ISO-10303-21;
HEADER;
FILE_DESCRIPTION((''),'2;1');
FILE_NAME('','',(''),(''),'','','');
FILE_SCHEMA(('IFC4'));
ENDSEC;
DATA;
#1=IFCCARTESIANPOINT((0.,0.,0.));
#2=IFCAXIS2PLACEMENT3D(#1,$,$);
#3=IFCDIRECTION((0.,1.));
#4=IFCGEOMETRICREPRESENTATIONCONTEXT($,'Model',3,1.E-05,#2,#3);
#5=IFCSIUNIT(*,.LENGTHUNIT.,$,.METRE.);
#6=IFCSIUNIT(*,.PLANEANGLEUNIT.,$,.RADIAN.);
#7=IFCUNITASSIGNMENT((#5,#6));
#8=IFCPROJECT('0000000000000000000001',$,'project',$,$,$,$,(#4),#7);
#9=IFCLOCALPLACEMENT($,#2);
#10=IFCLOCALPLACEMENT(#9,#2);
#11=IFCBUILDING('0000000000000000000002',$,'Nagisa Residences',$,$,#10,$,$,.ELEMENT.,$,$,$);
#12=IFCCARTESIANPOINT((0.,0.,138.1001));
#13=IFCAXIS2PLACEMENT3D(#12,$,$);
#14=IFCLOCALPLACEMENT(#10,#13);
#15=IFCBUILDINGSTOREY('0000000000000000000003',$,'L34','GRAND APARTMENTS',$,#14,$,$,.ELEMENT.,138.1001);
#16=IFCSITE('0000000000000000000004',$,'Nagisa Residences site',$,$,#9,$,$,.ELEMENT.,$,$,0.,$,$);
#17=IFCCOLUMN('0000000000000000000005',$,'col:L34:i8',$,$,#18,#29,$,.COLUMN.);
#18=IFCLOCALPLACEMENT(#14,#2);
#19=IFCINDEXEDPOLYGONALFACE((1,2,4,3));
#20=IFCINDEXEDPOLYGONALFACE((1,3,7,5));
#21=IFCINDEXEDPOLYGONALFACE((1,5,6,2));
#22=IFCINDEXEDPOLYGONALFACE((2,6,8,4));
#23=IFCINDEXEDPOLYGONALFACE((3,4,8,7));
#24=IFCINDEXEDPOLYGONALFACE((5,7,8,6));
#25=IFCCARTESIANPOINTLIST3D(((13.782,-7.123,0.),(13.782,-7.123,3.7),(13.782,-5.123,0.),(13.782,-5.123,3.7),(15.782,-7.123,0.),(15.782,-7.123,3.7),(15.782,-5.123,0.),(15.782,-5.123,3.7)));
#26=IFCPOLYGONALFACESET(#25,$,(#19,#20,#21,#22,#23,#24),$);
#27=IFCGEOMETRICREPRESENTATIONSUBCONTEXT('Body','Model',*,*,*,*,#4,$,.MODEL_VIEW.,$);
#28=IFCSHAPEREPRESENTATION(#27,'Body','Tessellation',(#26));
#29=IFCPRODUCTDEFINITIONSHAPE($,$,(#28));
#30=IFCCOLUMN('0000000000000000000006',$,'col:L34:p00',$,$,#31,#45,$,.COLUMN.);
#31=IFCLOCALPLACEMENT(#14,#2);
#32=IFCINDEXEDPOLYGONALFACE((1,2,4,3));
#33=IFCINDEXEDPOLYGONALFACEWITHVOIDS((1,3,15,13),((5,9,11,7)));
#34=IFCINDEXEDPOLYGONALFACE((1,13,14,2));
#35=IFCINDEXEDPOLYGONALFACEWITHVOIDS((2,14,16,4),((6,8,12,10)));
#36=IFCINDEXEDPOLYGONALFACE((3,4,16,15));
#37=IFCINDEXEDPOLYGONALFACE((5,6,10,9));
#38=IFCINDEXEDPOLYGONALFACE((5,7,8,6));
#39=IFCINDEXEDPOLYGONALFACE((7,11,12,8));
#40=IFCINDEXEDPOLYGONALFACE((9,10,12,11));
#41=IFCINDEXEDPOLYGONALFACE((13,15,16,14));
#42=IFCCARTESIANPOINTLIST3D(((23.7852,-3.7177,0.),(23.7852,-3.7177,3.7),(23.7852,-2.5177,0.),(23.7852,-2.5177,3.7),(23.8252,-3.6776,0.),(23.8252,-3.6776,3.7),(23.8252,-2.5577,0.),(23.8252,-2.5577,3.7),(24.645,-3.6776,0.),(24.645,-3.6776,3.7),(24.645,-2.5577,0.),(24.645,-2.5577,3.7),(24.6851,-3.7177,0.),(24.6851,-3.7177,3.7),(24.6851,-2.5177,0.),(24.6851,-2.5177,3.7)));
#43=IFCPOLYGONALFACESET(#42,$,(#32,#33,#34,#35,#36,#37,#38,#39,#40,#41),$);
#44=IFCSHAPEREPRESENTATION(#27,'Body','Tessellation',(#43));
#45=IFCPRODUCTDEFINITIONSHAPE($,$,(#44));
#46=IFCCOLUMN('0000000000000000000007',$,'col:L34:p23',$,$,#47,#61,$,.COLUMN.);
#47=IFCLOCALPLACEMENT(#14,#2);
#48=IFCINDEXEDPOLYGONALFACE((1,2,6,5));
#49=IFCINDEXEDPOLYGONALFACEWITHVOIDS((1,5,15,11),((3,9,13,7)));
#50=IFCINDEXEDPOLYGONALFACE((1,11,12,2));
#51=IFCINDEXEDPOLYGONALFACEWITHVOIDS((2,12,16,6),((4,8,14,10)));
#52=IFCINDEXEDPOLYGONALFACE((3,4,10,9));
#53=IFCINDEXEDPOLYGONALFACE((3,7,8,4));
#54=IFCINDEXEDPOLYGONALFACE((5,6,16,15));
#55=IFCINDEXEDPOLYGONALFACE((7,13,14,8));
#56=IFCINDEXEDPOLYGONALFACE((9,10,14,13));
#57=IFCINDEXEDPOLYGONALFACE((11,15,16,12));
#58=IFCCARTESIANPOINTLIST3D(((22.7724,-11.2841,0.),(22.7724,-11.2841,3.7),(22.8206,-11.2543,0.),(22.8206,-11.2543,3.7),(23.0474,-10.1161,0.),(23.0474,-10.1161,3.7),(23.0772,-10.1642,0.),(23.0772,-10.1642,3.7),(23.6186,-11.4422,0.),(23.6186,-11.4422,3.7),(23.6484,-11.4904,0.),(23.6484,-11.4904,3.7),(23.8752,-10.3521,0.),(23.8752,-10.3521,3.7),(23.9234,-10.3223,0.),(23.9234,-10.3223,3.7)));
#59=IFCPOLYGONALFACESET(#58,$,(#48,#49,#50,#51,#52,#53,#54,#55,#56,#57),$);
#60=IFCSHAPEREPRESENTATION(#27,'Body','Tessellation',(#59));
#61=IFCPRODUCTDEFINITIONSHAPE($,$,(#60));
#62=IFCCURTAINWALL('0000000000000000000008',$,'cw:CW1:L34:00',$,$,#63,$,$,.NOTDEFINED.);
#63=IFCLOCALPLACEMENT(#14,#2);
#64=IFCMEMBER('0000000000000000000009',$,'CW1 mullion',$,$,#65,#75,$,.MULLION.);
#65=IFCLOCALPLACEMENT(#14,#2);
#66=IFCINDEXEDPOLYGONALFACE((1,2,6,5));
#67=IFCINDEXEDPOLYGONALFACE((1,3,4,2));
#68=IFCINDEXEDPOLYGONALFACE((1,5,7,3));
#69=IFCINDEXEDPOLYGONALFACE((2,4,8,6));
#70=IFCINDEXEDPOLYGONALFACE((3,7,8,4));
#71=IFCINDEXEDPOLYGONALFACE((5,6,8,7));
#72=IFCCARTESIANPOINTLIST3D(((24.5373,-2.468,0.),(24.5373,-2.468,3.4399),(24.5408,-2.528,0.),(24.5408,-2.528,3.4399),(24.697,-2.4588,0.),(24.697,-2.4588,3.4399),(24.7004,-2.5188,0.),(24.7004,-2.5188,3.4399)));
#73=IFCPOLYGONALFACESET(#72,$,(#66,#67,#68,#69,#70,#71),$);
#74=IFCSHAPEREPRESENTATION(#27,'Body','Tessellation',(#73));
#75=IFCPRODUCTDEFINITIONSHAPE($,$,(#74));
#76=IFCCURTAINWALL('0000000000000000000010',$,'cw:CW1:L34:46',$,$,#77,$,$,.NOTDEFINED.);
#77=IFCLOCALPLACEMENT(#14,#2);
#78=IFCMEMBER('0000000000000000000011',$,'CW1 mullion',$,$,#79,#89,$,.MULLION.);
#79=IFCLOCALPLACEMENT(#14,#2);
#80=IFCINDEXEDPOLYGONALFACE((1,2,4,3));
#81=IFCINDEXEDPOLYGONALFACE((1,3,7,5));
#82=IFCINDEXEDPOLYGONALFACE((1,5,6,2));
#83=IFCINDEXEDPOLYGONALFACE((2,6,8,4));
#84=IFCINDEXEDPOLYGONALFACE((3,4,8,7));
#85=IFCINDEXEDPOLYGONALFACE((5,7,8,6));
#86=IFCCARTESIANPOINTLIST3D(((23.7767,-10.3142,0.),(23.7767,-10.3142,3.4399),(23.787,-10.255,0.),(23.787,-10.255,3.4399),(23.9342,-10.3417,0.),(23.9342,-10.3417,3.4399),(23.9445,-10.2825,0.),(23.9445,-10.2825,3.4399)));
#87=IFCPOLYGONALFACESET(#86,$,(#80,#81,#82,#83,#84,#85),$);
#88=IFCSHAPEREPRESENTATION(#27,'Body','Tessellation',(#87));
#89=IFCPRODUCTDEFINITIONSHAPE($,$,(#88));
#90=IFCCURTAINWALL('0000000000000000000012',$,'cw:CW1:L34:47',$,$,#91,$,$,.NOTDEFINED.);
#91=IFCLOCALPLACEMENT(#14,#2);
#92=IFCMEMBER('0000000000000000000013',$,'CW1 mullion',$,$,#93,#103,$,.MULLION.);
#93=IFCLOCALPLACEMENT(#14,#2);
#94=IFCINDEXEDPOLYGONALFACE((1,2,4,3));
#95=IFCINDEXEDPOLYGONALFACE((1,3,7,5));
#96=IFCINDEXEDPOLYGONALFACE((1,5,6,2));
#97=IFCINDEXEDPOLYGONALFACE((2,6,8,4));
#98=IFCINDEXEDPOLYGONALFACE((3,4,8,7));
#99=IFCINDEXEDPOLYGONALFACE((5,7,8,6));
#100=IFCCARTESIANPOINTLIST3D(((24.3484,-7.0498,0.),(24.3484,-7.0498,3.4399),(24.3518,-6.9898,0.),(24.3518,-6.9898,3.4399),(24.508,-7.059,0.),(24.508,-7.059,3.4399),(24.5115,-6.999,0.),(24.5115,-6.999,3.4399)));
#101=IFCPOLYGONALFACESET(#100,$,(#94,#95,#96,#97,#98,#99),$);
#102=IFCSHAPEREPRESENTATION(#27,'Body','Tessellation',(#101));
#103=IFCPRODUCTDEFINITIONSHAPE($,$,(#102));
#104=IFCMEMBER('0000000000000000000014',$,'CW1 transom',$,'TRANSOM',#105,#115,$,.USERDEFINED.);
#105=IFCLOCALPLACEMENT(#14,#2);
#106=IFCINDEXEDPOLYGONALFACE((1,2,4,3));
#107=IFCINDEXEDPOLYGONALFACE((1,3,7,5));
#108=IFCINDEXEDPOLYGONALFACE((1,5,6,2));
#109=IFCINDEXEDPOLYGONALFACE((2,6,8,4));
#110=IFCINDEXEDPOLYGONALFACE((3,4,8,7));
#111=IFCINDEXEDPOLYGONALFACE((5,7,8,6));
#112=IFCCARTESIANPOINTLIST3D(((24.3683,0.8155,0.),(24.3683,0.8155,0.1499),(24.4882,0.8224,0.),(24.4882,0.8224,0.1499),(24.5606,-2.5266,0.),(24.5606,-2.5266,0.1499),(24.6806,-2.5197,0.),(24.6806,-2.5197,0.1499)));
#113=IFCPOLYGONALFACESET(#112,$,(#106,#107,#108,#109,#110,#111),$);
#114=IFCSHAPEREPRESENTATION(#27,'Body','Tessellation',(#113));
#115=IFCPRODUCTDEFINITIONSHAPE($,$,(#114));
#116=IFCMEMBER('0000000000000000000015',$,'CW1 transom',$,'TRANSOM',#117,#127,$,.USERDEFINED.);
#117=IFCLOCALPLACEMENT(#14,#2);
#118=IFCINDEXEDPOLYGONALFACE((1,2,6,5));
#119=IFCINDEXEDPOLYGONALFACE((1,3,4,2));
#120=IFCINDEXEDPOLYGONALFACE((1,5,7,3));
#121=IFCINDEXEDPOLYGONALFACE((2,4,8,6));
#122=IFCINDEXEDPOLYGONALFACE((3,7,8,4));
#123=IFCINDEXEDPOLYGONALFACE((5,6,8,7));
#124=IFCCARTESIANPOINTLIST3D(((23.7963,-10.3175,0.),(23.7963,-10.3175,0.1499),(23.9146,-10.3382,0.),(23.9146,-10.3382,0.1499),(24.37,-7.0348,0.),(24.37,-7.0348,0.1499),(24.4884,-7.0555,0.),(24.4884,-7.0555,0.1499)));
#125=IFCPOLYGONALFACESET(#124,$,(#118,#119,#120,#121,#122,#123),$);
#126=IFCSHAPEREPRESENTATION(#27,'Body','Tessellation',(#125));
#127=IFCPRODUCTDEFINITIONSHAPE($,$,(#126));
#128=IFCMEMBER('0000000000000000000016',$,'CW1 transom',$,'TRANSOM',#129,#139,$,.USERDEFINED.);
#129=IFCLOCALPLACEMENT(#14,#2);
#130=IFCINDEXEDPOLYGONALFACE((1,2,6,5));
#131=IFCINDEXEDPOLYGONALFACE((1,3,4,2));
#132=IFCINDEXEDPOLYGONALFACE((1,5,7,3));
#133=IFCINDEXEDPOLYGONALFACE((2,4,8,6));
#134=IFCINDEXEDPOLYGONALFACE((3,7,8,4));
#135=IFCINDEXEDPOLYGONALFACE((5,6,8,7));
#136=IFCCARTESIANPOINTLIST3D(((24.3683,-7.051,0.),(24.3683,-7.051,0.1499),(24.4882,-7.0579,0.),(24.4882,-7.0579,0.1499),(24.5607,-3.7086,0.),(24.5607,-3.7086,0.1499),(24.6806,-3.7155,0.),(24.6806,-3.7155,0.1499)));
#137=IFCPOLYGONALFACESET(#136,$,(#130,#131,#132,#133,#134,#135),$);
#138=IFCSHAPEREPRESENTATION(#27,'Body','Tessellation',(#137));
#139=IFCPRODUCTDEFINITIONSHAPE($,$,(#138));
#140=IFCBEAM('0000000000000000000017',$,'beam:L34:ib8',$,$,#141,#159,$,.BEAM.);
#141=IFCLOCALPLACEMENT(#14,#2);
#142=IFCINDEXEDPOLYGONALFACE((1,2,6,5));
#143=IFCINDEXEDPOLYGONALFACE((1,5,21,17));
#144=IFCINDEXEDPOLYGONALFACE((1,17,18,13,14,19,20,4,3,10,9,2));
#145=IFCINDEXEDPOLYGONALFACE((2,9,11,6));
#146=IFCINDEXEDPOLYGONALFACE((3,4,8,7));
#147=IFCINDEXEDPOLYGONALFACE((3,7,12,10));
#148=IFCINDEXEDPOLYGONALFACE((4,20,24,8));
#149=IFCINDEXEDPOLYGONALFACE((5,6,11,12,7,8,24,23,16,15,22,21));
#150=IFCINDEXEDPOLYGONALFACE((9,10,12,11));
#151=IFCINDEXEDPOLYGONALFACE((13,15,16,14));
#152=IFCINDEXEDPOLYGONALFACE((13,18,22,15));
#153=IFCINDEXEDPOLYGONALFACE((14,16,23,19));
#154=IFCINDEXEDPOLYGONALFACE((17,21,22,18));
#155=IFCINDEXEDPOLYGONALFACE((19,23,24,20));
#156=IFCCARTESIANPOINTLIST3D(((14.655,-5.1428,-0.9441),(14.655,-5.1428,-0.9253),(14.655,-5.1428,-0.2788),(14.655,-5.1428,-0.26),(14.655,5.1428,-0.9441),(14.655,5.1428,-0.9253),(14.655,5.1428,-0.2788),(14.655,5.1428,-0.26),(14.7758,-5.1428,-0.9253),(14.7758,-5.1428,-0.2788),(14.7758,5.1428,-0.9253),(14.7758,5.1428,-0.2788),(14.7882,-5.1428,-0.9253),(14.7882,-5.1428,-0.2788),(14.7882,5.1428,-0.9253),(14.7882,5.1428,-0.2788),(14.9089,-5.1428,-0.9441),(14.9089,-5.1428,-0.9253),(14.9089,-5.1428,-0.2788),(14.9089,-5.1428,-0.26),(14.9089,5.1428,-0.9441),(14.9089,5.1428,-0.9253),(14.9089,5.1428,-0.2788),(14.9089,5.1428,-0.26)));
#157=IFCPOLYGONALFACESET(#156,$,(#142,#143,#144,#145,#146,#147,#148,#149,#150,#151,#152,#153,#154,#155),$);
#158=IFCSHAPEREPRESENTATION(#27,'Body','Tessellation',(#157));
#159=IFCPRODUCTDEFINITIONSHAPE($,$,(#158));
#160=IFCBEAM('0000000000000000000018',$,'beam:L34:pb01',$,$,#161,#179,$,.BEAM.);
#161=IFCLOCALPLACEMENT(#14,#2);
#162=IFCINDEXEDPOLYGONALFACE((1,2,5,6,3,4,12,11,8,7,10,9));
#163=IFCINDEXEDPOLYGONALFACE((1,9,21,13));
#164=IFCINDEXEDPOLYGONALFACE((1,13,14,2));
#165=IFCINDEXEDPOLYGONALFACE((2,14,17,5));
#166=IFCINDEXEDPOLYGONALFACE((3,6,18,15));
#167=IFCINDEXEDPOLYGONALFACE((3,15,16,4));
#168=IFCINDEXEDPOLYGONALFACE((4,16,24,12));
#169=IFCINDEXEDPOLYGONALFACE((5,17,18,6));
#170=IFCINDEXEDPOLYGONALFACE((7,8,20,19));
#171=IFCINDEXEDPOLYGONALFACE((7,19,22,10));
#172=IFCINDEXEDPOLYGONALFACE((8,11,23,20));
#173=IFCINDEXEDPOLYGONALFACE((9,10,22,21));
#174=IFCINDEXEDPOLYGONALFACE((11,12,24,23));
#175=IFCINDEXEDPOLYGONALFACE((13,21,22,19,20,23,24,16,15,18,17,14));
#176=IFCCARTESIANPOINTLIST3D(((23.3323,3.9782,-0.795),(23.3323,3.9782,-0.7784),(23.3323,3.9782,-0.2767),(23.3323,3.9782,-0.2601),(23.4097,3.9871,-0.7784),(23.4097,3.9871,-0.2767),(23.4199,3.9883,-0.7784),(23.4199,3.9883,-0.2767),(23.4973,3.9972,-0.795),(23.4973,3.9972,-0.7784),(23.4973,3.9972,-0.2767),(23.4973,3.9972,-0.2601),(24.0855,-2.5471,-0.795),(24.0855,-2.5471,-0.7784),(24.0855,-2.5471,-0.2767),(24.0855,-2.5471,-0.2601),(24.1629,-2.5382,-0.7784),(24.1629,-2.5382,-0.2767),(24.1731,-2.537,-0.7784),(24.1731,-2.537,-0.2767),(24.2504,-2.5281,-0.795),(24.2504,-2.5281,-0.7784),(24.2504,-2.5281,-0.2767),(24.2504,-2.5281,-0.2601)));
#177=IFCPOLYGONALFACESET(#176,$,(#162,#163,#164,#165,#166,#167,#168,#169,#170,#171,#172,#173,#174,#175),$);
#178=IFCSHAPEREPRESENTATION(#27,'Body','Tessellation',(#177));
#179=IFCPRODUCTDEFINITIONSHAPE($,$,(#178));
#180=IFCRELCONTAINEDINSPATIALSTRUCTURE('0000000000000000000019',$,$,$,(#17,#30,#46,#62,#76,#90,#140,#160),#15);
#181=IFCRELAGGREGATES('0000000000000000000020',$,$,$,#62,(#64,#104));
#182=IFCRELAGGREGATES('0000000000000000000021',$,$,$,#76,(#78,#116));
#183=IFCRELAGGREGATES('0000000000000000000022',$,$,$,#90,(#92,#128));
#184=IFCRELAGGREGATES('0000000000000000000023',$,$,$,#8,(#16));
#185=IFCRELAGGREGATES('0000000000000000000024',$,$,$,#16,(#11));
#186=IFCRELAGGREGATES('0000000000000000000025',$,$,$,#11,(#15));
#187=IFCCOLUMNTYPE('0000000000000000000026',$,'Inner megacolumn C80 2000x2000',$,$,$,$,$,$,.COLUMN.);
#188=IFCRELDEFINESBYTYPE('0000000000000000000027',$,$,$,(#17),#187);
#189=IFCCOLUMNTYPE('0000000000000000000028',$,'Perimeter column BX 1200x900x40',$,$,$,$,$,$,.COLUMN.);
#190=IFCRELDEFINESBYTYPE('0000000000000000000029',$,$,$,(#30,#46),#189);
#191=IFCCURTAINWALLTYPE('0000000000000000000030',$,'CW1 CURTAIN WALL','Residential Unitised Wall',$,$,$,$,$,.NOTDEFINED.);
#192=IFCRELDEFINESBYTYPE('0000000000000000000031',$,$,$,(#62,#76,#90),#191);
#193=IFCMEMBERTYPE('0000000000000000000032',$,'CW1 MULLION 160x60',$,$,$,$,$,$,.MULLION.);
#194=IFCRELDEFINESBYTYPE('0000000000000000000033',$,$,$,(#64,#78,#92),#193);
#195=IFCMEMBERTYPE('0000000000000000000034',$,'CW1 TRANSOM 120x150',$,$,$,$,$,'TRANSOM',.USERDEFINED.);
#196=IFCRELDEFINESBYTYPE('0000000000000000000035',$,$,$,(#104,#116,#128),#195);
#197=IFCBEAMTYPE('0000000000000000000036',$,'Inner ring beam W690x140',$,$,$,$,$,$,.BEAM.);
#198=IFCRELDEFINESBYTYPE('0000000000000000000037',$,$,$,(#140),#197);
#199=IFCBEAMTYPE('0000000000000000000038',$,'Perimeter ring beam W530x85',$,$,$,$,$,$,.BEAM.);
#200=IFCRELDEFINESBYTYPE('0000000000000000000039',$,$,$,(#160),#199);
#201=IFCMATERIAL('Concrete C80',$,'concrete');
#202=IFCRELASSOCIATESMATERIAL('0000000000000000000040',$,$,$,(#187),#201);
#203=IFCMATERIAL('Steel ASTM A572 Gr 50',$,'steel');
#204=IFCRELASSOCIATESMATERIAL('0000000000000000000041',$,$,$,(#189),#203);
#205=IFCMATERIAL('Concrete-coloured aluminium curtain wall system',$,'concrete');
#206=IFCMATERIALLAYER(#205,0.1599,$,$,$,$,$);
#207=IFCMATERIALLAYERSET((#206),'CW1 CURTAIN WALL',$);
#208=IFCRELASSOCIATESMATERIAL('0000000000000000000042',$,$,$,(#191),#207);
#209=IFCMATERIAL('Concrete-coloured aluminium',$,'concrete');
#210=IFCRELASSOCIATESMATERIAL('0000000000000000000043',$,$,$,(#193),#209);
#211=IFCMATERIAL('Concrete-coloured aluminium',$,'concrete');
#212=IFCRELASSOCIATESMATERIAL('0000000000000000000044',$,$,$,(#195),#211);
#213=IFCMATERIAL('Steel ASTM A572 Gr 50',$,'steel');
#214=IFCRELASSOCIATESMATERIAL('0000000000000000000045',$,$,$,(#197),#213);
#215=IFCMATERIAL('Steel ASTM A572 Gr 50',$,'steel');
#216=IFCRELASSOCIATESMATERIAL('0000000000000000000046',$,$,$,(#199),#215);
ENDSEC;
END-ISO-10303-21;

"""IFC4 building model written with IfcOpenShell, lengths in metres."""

from ifc_helpers import new_model, si_unit, direction, frame, origin, origin_2d, place, context, subcontext, project, spatial, rectangle, hollow_rectangle, i_section, extrude, material, layer, layer_set, material_profile, profile_set, type_object, element, aggregate, save


model = new_model("IFC4")

# Units and contexts
model_context = context("Model", 3, precision=1e-05, world=origin(), true_north=direction((0.0, 1.0)))
body_context = subcontext(model_context, "Body", "Model", "MODEL_VIEW")
ifc_project = project(units=[si_unit("LENGTHUNIT", "METRE"), si_unit("PLANEANGLEUNIT", "RADIAN")], contexts=[model_context])

# Site, building, storey
site_placement = place(None, origin())
site = spatial("IfcSite", under=ifc_project, at=site_placement, Name="Nagisa Residences site", CompositionType="ELEMENT", RefElevation=0.0)
building_placement = place(site_placement, origin())
building = spatial("IfcBuilding", under=site, at=building_placement, Name="Nagisa Residences", CompositionType="ELEMENT")
storey_placement = place(building_placement, frame((0.0, 0.0, 138.1001)))
storey = spatial("IfcBuildingStorey", under=building, at=storey_placement, Name="L34", Description="GRAND APARTMENTS", CompositionType="ELEMENT", Elevation=138.1001)

# Columns
ifc_material_1 = material(Name="Concrete C80", Category="concrete")
ifc_material_profile_1 = material_profile(ifc_material_1, rectangle(XDim=2.0, YDim=2.0, at=origin_2d()), Name="C80 2000x2000")
ifc_profile_set_1 = profile_set([ifc_material_profile_1], Name="Concrete C80")
column_type_1 = type_object("IfcColumnType", Name="Inner megacolumn C80 2000x2000", PredefinedType="COLUMN", material=ifc_profile_set_1)
column_placement = place(storey_placement, frame((14.782, -6.123, 0.0), z_axis=(0.0, 0.0, 1.0), x_axis=(1.0, 0.0, 0.0)))
element("IfcColumn", 1, at=column_placement, inside=storey, type_object=column_type_1, Name="col:L34:i8", PredefinedType="COLUMN", context=body_context, shape_type="SweptSolid", body=[
    extrude(rectangle(XDim=2.0, YDim=2.0, at=origin_2d()), origin(), (0.0, 0.0, 1.0), 3.7),
])
ifc_material_2 = material(Name="Steel ASTM A572 Gr 50", Category="steel")
ifc_material_profile_2 = material_profile(ifc_material_2, hollow_rectangle(XDim=1.2, YDim=0.8999, WallThickness=0.04, at=origin_2d()), Name="BX 1200x900x40")
ifc_profile_set_2 = profile_set([ifc_material_profile_2], Name="Steel ASTM A572 Gr 50")
column_type_2 = type_object("IfcColumnType", Name="Perimeter column BX 1200x900x40", PredefinedType="COLUMN", material=ifc_profile_set_2)
for number, where, z_axis, x_axis, name in (
    (2, (24.2351, -3.1177, 0.0), (0.0, 0.0, 1.0), (0.0, 1.0, 0.0), "col:L34:p00"),
    (3, (23.3479, -10.8032, 0.0), (0.0, 0.0, 1.0), (0.229202, 0.973379, 0.0), "col:L34:p23"),
):
    element("IfcColumn", number, at=place(storey_placement, frame(where, z_axis=z_axis, x_axis=x_axis)), inside=storey, type_object=column_type_2, Name=name, PredefinedType="COLUMN", context=body_context, shape_type="SweptSolid", body=[
        extrude(hollow_rectangle(XDim=1.2, YDim=0.8999, WallThickness=0.04, at=origin_2d()), origin(), (0.0, 0.0, 1.0), 3.7),
    ])

# Curtain walls, members
ifc_material_3 = material(Name="Concrete-coloured aluminium curtain wall system", Category="concrete")
ifc_layer_1 = layer(ifc_material_3, 0.1599)
ifc_layer_set_1 = layer_set([ifc_layer_1], Name="CW1 CURTAIN WALL")
curtain_wall_type = type_object("IfcCurtainWallType", Name="CW1 CURTAIN WALL", Description="Residential Unitised Wall", PredefinedType="NOTDEFINED", material=ifc_layer_set_1)
curtain_wall_1_placement = place(storey_placement, origin())
curtain_wall_1 = element("IfcCurtainWall", 4, at=curtain_wall_1_placement, inside=storey, type_object=curtain_wall_type, Name="cw:CW1:L34:00", PredefinedType="NOTDEFINED")
ifc_material_4 = material(Name="Concrete-coloured aluminium", Category="concrete")
ifc_material_profile_3 = material_profile(ifc_material_4, rectangle(XDim=0.1599, YDim=0.0601, at=origin_2d()), Name="CW1 MULLION 160x60")
ifc_profile_set_3 = profile_set([ifc_material_profile_3], Name="Concrete-coloured aluminium")
member_type_1 = type_object("IfcMemberType", Name="CW1 MULLION 160x60", PredefinedType="MULLION", material=ifc_profile_set_3)
member_1_placement = place(storey_placement, frame((24.6189, -2.4934, 0.0), z_axis=(0.0, 0.0, 1.0), x_axis=(-0.998345, -0.057503, 0.0)))
member_1 = element("IfcMember", 5, at=member_1_placement, type_object=member_type_1, Name="CW1 mullion", PredefinedType="MULLION", context=body_context, shape_type="SweptSolid", body=[
    extrude(rectangle(XDim=0.1599, YDim=0.0601, at=origin_2d()), origin(), (0.0, 0.0, 1.0), 3.4399),
])
curtain_wall_2_placement = place(storey_placement, origin())
curtain_wall_2 = element("IfcCurtainWall", 6, at=curtain_wall_2_placement, inside=storey, type_object=curtain_wall_type, Name="cw:CW1:L34:46", PredefinedType="NOTDEFINED")
member_2_placement = place(storey_placement, frame((23.8606, -10.2983, 0.0), z_axis=(0.0, 0.0, 1.0), x_axis=(-0.985064, 0.172191, 0.0)))
member_2 = element("IfcMember", 7, at=member_2_placement, type_object=member_type_1, Name="CW1 mullion", PredefinedType="MULLION", context=body_context, shape_type="SweptSolid", body=[
    extrude(rectangle(XDim=0.1599, YDim=0.0601, at=origin_2d()), origin(), (0.0, 0.0, 1.0), 3.4399),
])
curtain_wall_3_placement = place(storey_placement, origin())
curtain_wall_3 = element("IfcCurtainWall", 8, at=curtain_wall_3_placement, inside=storey, type_object=curtain_wall_type, Name="cw:CW1:L34:47", PredefinedType="NOTDEFINED")
member_3_placement = place(storey_placement, frame((24.4299, -7.0244, 0.0), z_axis=(0.0, 0.0, 1.0), x_axis=(-0.998345, 0.057503, 0.0)))
member_3 = element("IfcMember", 9, at=member_3_placement, type_object=member_type_1, Name="CW1 mullion", PredefinedType="MULLION", context=body_context, shape_type="SweptSolid", body=[
    extrude(rectangle(XDim=0.1599, YDim=0.0601, at=origin_2d()), origin(), (0.0, 0.0, 1.0), 3.4399),
])

# Members
ifc_material_5 = material(Name="Concrete-coloured aluminium", Category="concrete")
ifc_material_profile_4 = material_profile(ifc_material_5, rectangle(XDim=0.1201, YDim=0.1499, at=origin_2d()), Name="CW1 TRANSOM 120x150")
ifc_profile_set_4 = profile_set([ifc_material_profile_4], Name="Concrete-coloured aluminium")
member_type_2 = type_object("IfcMemberType", Name="CW1 TRANSOM 120x150", ElementType="TRANSOM", PredefinedType="USERDEFINED", material=ifc_profile_set_4)
member_4_placement = place(storey_placement, frame((24.6206, -2.5232, 0.075), z_axis=(-0.057469, 0.998347, 0.0), x_axis=(-0.998347, -0.057469, 0.0)))
member_4 = element("IfcMember", 10, at=member_4_placement, type_object=member_type_2, Name="CW1 transom", ObjectType="TRANSOM", PredefinedType="USERDEFINED", context=body_context, shape_type="SweptSolid", body=[
    extrude(rectangle(XDim=0.1201, YDim=0.1499, at=origin_2d()), origin(), (0.0, 0.0, 1.0), 3.3477),
])
member_5_placement = place(storey_placement, frame((23.8555, -10.3279, 0.075), z_axis=(0.172164, 0.985068, 0.0), x_axis=(-0.985068, 0.172164, 0.0)))
member_5 = element("IfcMember", 11, at=member_5_placement, type_object=member_type_2, Name="CW1 transom", ObjectType="TRANSOM", PredefinedType="USERDEFINED", context=body_context, shape_type="SweptSolid", body=[
    extrude(rectangle(XDim=0.1201, YDim=0.1499, at=origin_2d()), origin(), (0.0, 0.0, 1.0), 3.3325),
])
member_6_placement = place(storey_placement, frame((24.4282, -7.0544, 0.075), z_axis=(0.057465, 0.998348, 0.0), x_axis=(-0.998348, 0.057465, 0.0)))
member_6 = element("IfcMember", 12, at=member_6_placement, type_object=member_type_2, Name="CW1 transom", ObjectType="TRANSOM", PredefinedType="USERDEFINED", context=body_context, shape_type="SweptSolid", body=[
    extrude(rectangle(XDim=0.1201, YDim=0.1499, at=origin_2d()), origin(), (0.0, 0.0, 1.0), 3.3479),
])

# Beams
ifc_material_6 = material(Name="Steel ASTM A572 Gr 50", Category="steel")
ifc_material_profile_5 = material_profile(ifc_material_6, i_section(OverallWidth=0.2539, OverallDepth=0.6841, WebThickness=0.0125, FlangeThickness=0.0188, at=origin_2d()), Name="W690x140")
ifc_profile_set_5 = profile_set([ifc_material_profile_5], Name="Steel ASTM A572 Gr 50")
beam_type_1 = type_object("IfcBeamType", Name="Inner ring beam W690x140", PredefinedType="BEAM", material=ifc_profile_set_5)
beam_1_placement = place(storey_placement, frame((14.782, -5.1428, -0.6021), z_axis=(0.0, 1.0, 0.0), x_axis=(-1.0, 0.0, 0.0)))
element("IfcBeam", 13, at=beam_1_placement, inside=storey, type_object=beam_type_1, Name="beam:L34:ib8", PredefinedType="BEAM", context=body_context, shape_type="SweptSolid", body=[
    extrude(i_section(OverallWidth=0.2539, OverallDepth=0.6841, WebThickness=0.0125, FlangeThickness=0.0188, at=origin_2d()), origin(), (0.0, 0.0, 1.0), 10.2856),
])
ifc_material_7 = material(Name="Steel ASTM A572 Gr 50", Category="steel")
ifc_material_profile_6 = material_profile(ifc_material_7, i_section(OverallWidth=0.166, OverallDepth=0.5349, WebThickness=0.0103, FlangeThickness=0.0166, at=origin_2d()), Name="W530x85")
ifc_profile_set_6 = profile_set([ifc_material_profile_6], Name="Steel ASTM A572 Gr 50")
beam_type_2 = type_object("IfcBeamType", Name="Perimeter ring beam W530x85", PredefinedType="BEAM", material=ifc_profile_set_6)
for number, where, z_axis, x_axis, name in (
    (14, (24.168, -2.5376, -0.5276), (-0.114661, 0.993405, 0.0), (-0.993405, -0.114661, 0.0), "beam:L34:pb01"),
):
    element("IfcBeam", number, at=place(storey_placement, frame(where, z_axis=z_axis, x_axis=x_axis)), inside=storey, type_object=beam_type_2, Name=name, PredefinedType="BEAM", context=body_context, shape_type="SweptSolid", body=[
        extrude(i_section(OverallWidth=0.166, OverallDepth=0.5349, WebThickness=0.0103, FlangeThickness=0.0166, at=origin_2d()), origin(), (0.0, 0.0, 1.0), 6.5686),
    ])

aggregate(curtain_wall_1, [member_1, member_4])
aggregate(curtain_wall_2, [member_2, member_5])
aggregate(curtain_wall_3, [member_3, member_6])

save(model, "model.ifc")
